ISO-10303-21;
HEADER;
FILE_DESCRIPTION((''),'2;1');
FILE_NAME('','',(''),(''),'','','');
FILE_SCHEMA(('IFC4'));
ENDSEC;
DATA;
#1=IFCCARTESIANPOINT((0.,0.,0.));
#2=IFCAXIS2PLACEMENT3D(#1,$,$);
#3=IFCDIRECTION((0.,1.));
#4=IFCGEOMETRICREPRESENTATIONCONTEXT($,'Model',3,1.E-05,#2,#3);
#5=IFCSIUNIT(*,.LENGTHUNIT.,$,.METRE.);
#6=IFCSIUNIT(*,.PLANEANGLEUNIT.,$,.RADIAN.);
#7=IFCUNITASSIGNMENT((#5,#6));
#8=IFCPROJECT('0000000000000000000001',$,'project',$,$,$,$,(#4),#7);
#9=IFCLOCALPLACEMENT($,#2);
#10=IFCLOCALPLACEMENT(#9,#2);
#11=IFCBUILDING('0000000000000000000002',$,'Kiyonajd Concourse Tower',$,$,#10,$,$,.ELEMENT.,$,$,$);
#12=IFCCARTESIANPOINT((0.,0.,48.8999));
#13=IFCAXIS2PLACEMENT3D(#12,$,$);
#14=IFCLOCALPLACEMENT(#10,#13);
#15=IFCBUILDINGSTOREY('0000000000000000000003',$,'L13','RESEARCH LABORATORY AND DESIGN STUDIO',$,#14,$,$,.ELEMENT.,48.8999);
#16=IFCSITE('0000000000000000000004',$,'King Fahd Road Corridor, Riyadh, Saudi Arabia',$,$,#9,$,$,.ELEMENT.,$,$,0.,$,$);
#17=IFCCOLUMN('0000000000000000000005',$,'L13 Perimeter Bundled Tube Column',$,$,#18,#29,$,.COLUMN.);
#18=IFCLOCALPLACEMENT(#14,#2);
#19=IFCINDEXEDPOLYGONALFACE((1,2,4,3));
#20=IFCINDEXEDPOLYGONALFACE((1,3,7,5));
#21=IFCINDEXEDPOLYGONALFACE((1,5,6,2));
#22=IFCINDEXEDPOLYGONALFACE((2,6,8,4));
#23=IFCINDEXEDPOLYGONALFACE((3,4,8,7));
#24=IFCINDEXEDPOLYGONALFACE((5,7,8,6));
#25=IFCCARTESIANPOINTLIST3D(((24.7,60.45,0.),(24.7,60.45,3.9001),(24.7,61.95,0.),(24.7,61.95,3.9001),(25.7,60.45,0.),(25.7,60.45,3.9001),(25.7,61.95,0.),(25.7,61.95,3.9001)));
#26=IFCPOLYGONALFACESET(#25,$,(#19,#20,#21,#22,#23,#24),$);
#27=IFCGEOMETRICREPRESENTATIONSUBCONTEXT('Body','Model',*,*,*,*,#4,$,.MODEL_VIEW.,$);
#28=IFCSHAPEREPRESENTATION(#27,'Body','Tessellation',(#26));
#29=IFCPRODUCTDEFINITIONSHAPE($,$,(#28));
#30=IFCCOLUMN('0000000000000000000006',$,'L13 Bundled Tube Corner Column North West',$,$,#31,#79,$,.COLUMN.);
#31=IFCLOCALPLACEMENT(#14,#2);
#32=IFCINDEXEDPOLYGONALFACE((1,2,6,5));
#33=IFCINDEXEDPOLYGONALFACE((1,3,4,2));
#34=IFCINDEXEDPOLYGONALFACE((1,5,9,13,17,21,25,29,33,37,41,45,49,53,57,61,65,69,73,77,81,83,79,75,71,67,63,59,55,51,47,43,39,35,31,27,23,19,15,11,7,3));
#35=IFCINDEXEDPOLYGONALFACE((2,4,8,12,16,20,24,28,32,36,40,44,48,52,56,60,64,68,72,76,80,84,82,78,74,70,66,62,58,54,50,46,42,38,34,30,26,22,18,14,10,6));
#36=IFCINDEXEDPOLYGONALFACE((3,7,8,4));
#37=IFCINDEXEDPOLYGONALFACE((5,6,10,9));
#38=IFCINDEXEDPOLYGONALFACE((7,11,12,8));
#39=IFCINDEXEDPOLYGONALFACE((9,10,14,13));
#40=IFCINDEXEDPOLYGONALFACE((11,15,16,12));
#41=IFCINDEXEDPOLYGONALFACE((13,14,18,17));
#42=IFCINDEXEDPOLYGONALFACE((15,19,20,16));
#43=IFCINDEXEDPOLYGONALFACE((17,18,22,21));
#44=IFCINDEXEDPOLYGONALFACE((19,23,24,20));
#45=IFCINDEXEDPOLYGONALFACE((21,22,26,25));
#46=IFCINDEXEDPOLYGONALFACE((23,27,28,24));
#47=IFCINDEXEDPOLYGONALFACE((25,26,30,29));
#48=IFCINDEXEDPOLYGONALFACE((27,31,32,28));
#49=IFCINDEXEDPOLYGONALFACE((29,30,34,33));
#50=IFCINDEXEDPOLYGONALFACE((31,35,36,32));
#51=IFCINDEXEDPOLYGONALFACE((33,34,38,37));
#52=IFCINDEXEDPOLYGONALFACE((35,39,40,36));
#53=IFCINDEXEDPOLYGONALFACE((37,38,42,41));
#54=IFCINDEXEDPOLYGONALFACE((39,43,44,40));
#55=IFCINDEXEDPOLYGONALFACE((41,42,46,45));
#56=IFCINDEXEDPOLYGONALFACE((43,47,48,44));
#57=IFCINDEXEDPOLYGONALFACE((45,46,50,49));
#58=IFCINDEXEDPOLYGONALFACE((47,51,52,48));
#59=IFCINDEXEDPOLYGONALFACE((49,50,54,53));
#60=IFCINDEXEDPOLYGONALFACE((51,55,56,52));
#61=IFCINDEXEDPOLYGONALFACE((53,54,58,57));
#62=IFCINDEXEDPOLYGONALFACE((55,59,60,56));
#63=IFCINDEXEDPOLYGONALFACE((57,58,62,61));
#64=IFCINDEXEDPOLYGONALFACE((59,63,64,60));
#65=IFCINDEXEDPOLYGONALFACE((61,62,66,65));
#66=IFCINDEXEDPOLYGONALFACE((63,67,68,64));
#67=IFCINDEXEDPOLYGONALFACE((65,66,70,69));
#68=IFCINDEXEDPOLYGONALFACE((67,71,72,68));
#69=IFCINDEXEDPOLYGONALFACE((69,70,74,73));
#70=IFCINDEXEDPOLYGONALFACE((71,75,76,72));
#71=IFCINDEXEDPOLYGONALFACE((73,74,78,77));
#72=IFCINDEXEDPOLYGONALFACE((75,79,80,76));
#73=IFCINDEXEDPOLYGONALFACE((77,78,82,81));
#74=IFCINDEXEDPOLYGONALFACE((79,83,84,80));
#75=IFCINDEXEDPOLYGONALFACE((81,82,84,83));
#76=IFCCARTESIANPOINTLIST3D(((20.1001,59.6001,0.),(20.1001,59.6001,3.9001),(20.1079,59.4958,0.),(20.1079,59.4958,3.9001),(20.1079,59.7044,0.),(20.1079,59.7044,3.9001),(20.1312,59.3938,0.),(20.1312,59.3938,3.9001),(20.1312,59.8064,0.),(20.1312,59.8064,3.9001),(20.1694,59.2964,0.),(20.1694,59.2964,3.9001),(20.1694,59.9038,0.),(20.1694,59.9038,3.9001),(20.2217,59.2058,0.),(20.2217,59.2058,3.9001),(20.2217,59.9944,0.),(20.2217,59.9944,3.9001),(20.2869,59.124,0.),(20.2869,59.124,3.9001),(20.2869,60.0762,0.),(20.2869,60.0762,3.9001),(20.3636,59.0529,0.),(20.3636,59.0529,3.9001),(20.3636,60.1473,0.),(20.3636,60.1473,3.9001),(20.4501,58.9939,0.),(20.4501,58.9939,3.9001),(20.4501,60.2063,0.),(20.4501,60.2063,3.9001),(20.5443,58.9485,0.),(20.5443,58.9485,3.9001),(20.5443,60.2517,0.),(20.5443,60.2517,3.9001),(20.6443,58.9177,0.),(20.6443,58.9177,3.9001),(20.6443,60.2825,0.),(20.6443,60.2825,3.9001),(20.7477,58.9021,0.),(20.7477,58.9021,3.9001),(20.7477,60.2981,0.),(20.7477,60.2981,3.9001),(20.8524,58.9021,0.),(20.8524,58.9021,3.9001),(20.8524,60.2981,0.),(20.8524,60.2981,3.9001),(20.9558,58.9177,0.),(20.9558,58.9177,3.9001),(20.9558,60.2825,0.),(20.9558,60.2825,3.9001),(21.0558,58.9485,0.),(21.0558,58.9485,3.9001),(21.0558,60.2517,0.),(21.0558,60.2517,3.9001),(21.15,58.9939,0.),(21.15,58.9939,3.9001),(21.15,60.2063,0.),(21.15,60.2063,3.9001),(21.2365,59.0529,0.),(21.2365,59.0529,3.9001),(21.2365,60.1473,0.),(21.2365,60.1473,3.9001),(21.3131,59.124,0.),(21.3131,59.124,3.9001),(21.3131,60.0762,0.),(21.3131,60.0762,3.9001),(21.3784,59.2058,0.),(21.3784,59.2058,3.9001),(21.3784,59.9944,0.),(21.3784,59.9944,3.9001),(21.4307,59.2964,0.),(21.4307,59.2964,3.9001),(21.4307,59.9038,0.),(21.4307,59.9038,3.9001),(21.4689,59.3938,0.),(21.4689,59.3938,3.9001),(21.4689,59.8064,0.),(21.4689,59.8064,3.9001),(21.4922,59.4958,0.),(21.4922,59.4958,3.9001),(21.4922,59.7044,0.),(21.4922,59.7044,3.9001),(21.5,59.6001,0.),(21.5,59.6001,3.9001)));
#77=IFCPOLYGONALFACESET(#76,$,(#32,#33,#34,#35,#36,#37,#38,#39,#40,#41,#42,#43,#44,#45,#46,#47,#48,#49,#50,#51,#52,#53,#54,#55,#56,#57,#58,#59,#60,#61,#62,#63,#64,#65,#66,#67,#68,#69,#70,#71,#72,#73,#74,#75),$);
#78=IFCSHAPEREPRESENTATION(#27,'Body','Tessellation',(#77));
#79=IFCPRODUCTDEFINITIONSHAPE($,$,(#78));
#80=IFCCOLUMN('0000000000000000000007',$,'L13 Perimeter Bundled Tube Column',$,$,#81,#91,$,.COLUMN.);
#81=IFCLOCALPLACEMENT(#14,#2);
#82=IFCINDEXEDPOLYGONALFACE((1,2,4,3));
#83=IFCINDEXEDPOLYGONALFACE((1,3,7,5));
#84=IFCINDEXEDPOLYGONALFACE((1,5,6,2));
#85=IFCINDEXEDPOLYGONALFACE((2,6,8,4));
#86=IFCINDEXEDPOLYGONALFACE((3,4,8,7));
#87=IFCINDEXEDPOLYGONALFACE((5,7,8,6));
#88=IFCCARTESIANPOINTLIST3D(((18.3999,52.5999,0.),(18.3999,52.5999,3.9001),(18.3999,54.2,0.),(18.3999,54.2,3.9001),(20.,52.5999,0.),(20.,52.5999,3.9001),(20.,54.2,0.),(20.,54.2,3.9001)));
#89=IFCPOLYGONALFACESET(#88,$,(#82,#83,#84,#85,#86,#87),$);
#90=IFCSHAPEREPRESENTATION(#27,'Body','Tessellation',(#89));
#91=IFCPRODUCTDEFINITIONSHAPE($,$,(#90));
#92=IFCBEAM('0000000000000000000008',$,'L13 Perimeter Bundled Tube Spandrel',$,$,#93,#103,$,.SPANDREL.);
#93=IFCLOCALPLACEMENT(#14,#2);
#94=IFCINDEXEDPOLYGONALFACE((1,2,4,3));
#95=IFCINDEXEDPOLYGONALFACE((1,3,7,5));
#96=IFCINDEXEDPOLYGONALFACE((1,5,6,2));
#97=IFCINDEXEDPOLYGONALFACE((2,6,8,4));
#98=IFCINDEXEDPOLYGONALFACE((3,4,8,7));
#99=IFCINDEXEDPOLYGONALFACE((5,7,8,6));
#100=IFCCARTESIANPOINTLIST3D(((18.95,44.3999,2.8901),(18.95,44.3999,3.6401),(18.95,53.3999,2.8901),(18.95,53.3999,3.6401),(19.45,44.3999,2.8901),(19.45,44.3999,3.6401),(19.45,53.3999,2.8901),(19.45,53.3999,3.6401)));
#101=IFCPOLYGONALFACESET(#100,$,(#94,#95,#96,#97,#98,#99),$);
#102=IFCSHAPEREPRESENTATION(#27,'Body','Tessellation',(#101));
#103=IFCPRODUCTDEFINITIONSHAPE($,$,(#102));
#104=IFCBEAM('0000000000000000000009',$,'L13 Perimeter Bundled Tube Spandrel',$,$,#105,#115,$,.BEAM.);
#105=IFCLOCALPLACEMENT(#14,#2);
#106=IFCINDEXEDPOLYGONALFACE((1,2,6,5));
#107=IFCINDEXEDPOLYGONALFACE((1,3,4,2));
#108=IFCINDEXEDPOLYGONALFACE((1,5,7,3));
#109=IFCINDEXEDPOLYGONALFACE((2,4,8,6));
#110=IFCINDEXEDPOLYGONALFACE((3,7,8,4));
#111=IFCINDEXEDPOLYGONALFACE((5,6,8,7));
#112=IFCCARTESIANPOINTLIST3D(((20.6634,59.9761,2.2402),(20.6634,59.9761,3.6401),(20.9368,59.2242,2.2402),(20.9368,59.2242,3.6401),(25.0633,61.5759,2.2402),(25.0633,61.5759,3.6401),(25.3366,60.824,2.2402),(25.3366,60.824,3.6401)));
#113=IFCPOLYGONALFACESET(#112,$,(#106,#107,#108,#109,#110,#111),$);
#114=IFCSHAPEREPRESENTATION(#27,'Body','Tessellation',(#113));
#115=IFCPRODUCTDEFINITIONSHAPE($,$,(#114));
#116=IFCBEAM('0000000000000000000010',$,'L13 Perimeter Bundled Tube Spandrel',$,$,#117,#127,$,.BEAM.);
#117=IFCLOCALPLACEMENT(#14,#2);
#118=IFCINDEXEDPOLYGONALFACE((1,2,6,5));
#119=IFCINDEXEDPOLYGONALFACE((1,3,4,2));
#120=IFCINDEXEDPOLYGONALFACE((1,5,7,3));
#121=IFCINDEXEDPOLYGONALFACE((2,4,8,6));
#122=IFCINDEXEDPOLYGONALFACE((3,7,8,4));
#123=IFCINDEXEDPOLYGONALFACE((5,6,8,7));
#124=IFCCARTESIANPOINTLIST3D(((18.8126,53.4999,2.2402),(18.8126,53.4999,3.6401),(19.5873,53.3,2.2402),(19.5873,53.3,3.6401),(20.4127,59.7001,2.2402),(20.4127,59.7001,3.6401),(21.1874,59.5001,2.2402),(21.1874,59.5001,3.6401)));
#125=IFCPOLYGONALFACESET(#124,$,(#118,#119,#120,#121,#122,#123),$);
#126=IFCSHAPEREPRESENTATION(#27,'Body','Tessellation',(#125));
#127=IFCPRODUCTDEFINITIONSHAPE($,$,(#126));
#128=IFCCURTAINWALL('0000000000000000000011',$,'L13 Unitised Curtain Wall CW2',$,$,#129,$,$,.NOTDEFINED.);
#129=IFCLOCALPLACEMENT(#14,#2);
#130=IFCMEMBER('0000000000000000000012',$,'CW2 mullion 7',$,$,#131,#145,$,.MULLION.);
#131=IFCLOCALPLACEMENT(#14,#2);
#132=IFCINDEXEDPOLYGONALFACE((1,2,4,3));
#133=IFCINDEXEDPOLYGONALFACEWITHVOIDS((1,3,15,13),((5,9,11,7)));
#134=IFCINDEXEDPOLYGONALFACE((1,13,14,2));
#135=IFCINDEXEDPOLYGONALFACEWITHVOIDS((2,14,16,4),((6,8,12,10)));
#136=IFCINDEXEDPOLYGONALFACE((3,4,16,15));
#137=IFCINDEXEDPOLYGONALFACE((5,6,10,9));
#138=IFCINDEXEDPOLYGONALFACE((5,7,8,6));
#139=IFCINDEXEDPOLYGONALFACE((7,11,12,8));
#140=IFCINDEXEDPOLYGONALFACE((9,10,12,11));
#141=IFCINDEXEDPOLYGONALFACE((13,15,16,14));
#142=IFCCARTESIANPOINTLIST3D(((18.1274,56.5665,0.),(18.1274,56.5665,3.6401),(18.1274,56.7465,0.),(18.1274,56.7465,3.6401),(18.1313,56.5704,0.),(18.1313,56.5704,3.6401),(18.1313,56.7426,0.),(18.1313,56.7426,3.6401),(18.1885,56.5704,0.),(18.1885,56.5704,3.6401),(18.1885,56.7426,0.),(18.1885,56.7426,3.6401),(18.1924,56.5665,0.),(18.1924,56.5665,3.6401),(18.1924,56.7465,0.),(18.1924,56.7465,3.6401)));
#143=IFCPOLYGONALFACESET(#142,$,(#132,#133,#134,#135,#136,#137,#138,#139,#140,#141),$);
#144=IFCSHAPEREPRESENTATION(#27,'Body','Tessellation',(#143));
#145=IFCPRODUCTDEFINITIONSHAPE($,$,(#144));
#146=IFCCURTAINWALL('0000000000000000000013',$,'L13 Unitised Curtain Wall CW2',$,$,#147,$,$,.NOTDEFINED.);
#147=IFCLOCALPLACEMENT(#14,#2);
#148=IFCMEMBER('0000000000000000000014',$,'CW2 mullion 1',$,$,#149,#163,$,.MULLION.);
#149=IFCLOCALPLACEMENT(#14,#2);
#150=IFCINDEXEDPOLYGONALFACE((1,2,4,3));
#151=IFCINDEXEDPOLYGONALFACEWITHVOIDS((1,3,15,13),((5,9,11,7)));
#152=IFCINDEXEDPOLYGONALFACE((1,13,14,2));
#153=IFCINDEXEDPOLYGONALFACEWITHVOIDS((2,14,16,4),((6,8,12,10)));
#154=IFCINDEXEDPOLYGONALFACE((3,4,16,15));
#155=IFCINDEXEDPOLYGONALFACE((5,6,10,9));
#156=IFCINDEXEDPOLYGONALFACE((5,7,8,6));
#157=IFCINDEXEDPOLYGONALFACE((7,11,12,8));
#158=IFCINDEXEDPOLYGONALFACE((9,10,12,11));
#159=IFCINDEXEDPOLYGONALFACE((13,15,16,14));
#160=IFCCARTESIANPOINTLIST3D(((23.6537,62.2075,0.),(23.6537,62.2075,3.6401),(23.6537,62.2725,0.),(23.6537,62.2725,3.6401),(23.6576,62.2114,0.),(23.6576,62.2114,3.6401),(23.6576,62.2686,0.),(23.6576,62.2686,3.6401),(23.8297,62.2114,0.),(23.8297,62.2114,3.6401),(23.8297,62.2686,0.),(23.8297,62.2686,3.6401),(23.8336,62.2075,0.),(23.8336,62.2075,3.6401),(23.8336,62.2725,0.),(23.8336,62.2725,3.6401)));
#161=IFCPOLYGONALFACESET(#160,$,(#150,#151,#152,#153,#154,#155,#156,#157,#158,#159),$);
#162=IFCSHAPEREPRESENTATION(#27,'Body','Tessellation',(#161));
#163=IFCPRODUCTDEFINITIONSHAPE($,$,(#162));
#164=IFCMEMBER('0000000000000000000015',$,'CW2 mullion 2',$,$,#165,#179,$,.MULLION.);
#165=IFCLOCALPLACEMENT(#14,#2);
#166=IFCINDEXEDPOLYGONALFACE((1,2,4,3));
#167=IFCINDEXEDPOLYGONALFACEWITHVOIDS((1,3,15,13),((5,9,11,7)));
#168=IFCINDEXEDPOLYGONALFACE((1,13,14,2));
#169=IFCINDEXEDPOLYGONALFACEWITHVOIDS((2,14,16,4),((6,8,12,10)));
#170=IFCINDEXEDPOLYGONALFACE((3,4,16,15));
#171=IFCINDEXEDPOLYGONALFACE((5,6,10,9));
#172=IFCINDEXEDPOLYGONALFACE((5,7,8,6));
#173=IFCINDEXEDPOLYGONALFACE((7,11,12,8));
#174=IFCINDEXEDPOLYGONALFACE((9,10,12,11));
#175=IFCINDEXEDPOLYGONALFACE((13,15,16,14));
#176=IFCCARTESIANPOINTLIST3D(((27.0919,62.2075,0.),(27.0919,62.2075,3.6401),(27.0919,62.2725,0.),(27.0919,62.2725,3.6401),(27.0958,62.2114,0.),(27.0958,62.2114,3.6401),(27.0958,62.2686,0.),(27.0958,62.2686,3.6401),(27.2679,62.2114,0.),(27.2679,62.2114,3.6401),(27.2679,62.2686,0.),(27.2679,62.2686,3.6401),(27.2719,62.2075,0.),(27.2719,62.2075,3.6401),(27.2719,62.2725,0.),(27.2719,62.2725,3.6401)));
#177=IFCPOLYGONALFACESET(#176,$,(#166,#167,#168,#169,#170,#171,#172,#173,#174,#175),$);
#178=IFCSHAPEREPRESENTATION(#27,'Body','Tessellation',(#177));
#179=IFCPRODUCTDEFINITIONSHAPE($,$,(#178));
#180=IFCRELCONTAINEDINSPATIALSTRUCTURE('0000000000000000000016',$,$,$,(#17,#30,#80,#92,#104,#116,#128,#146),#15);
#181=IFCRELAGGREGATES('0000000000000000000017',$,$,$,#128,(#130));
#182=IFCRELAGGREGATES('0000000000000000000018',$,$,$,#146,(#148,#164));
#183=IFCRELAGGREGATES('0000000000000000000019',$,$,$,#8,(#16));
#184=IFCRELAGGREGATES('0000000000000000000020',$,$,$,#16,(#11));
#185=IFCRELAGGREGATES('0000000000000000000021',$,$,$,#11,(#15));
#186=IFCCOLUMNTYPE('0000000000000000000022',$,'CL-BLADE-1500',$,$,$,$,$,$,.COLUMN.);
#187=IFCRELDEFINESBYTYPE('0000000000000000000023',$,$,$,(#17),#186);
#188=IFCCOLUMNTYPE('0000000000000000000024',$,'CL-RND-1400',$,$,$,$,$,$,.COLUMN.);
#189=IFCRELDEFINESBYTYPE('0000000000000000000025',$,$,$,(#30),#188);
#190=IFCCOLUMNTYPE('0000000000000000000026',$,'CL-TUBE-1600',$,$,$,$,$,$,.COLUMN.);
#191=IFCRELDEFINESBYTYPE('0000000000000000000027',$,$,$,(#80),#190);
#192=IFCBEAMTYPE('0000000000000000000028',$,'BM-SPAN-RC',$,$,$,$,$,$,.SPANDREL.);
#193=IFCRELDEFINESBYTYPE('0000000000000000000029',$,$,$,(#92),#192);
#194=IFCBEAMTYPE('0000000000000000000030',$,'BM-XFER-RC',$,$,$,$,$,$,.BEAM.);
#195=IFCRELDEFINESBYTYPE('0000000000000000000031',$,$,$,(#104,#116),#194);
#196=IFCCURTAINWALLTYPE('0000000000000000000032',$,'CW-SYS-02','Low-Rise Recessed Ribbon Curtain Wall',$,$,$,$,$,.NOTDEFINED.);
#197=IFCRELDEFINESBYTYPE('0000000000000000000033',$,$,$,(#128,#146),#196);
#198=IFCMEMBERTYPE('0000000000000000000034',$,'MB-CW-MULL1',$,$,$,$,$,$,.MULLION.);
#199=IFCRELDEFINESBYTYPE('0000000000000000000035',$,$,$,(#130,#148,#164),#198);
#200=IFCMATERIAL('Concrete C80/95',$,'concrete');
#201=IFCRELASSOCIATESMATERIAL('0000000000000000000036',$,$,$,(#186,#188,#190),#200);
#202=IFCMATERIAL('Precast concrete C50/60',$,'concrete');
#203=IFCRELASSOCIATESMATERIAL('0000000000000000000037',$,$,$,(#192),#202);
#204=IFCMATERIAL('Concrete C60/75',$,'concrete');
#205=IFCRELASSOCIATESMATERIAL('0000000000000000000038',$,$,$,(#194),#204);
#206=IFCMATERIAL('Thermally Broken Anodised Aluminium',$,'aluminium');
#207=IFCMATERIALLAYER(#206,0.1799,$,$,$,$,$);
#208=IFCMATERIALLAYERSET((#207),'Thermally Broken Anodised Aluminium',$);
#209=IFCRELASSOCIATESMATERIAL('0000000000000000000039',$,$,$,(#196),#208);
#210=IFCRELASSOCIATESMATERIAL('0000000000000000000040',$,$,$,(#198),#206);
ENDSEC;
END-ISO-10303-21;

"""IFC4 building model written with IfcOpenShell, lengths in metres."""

from ifc_helpers import new_model, si_unit, direction, frame, origin, origin_2d, place, context, subcontext, project, spatial, rectangle, hollow_rectangle, circle, extrude, material, layer, layer_set, material_profile, profile_set, type_object, element, aggregate, save


model = new_model("IFC4")

# Units and contexts
model_context = context("Model", 3, precision=1e-05, world=origin(), true_north=direction((0.0, 1.0)))
body_context = subcontext(model_context, "Body", "Model", "MODEL_VIEW")
ifc_project = project(units=[si_unit("LENGTHUNIT", "METRE"), si_unit("PLANEANGLEUNIT", "RADIAN")], contexts=[model_context])

# Site, building, storey
site_placement = place(None, origin())
site = spatial("IfcSite", under=ifc_project, at=site_placement, Name="King Fahd Road Corridor, Riyadh, Saudi Arabia", CompositionType="ELEMENT", RefElevation=0.0)
building_placement = place(site_placement, origin())
building = spatial("IfcBuilding", under=site, at=building_placement, Name="Kiyonajd Concourse Tower", CompositionType="ELEMENT")
storey_placement = place(building_placement, frame((0.0, 0.0, 48.8999)))
storey = spatial("IfcBuildingStorey", under=building, at=storey_placement, Name="L13", Description="RESEARCH LABORATORY AND DESIGN STUDIO", CompositionType="ELEMENT", Elevation=48.8999)

# Columns
ifc_material_1 = material(Name="Concrete C80/95", Category="concrete")
ifc_material_profile_1 = material_profile(ifc_material_1, rectangle(XDim=1.0, YDim=1.5, at=origin_2d()), Name="RC-1500x1000")
ifc_profile_set_1 = profile_set([ifc_material_profile_1], Name="Concrete C80/95")
column_type_1 = type_object("IfcColumnType", Name="CL-BLADE-1500", PredefinedType="COLUMN", material=ifc_profile_set_1)
column_1_placement = place(storey_placement, frame((25.2, 61.2, 0.0), z_axis=(0.0, 0.0, 1.0), x_axis=(1.0, 0.0, 0.0)))
element("IfcColumn", 1, at=column_1_placement, inside=storey, type_object=column_type_1, Name="L13 Perimeter Bundled Tube Column", PredefinedType="COLUMN", context=body_context, shape_type="SweptSolid", body=[
    extrude(rectangle(XDim=1.0, YDim=1.5, at=origin_2d()), origin(), (0.0, 0.0, 1.0), 3.9001),
])
ifc_material_profile_2 = material_profile(ifc_material_1, circle(Radius=0.7, at=origin_2d()), Name="RCC-D1400")
ifc_profile_set_2 = profile_set([ifc_material_profile_2], Name="Concrete C80/95")
column_type_2 = type_object("IfcColumnType", Name="CL-RND-1400", PredefinedType="COLUMN", material=ifc_profile_set_2)
column_2_placement = place(storey_placement, frame((20.8, 59.6001, 0.0), z_axis=(0.0, 0.0, 1.0), x_axis=(1.0, 0.0, 0.0)))
element("IfcColumn", 2, at=column_2_placement, inside=storey, type_object=column_type_2, Name="L13 Bundled Tube Corner Column North West", PredefinedType="COLUMN", context=body_context, shape_type="SweptSolid", body=[
    extrude(circle(Radius=0.7, at=origin_2d()), origin(), (0.0, 0.0, 1.0), 3.9001),
])
ifc_material_profile_3 = material_profile(ifc_material_1, rectangle(XDim=1.6001, YDim=1.6001, at=origin_2d()), Name="RC-1600x1600")
ifc_profile_set_3 = profile_set([ifc_material_profile_3], Name="Concrete C80/95")
column_type_3 = type_object("IfcColumnType", Name="CL-TUBE-1600", PredefinedType="COLUMN", material=ifc_profile_set_3)
column_3_placement = place(storey_placement, frame((19.2, 53.3999, 0.0), z_axis=(0.0, 0.0, 1.0), x_axis=(1.0, 0.0, 0.0)))
element("IfcColumn", 3, at=column_3_placement, inside=storey, type_object=column_type_3, Name="L13 Perimeter Bundled Tube Column", PredefinedType="COLUMN", context=body_context, shape_type="SweptSolid", body=[
    extrude(rectangle(XDim=1.6001, YDim=1.6001, at=origin_2d()), origin(), (0.0, 0.0, 1.0), 3.9001),
])

# Beams
ifc_material_2 = material(Name="Precast concrete C50/60", Category="concrete")
ifc_material_profile_4 = material_profile(ifc_material_2, rectangle(XDim=0.5, YDim=0.75, at=origin_2d()), Name="RCBM-500x750")
ifc_profile_set_4 = profile_set([ifc_material_profile_4], Name="Precast concrete C50/60")
beam_type_1 = type_object("IfcBeamType", Name="BM-SPAN-RC", PredefinedType="SPANDREL", material=ifc_profile_set_4)
beam_1_placement = place(storey_placement, frame((19.2, 53.3999, 3.2651), z_axis=(0.0, -1.0, 0.0), x_axis=(1.0, 0.0, 0.0)))
element("IfcBeam", 4, at=beam_1_placement, inside=storey, type_object=beam_type_1, Name="L13 Perimeter Bundled Tube Spandrel", PredefinedType="SPANDREL", context=body_context, shape_type="SweptSolid", body=[
    extrude(rectangle(XDim=0.5, YDim=0.75, at=origin_2d()), origin(), (0.0, 0.0, 1.0), 9.0),
])
ifc_material_3 = material(Name="Concrete C60/75", Category="concrete")
ifc_material_profile_5 = material_profile(ifc_material_3, rectangle(XDim=0.8, YDim=1.3999, at=origin_2d()), Name="RCBM-800x1400")
ifc_profile_set_5 = profile_set([ifc_material_profile_5], Name="Concrete C60/75")
beam_type_2 = type_object("IfcBeamType", Name="BM-XFER-RC", PredefinedType="BEAM", material=ifc_profile_set_5)
beam_2_placement = place(storey_placement, frame((25.2, 61.2, 2.9402), z_axis=(-0.939801, -0.341722, 0.0), x_axis=(0.341722, -0.939801, 0.0)))
element("IfcBeam", 5, at=beam_2_placement, inside=storey, type_object=beam_type_2, Name="L13 Perimeter Bundled Tube Spandrel", PredefinedType="BEAM", context=body_context, shape_type="SweptSolid", body=[
    extrude(rectangle(XDim=0.8, YDim=1.3999, at=origin_2d()), origin(), (0.0, 0.0, 1.0), 4.6816),
])
beam_3_placement = place(storey_placement, frame((20.8, 59.6001, 2.9402), z_axis=(-0.249885, -0.968276, 0.0), x_axis=(0.968276, -0.249885, 0.0)))
element("IfcBeam", 6, at=beam_3_placement, inside=storey, type_object=beam_type_2, Name="L13 Perimeter Bundled Tube Spandrel", PredefinedType="BEAM", context=body_context, shape_type="SweptSolid", body=[
    extrude(rectangle(XDim=0.8, YDim=1.3999, at=origin_2d()), origin(), (0.0, 0.0, 1.0), 6.4033),
])

# Curtain wall, member
ifc_material_4 = material(Name="Thermally Broken Anodised Aluminium", Category="aluminium")
ifc_layer_1 = layer(ifc_material_4, 0.1799)
ifc_layer_set_1 = layer_set([ifc_layer_1], Name="Thermally Broken Anodised Aluminium")
curtain_wall_type = type_object("IfcCurtainWallType", Name="CW-SYS-02", Description="Low-Rise Recessed Ribbon Curtain Wall", PredefinedType="NOTDEFINED", material=ifc_layer_set_1)
curtain_wall_1_placement = place(storey_placement, origin())
curtain_wall_1 = element("IfcCurtainWall", 7, at=curtain_wall_1_placement, inside=storey, type_object=curtain_wall_type, Name="L13 Unitised Curtain Wall CW2", PredefinedType="NOTDEFINED")
ifc_material_profile_6 = material_profile(ifc_material_4, hollow_rectangle(XDim=0.0649, YDim=0.1799, WallThickness=0.0039, at=origin_2d()), Name="MULL-65x180")
ifc_profile_set_6 = profile_set([ifc_material_profile_6], Name="Thermally Broken Anodised Aluminium")
member_type_1 = type_object("IfcMemberType", Name="MB-CW-MULL1", PredefinedType="MULLION", material=ifc_profile_set_6)
member_1_placement = place(storey_placement, frame((18.1599, 56.6565, 0.0), z_axis=(0.0, 0.0, 1.0), x_axis=(-1.0, 0.0, 0.0)))
member_1 = element("IfcMember", 8, at=member_1_placement, type_object=member_type_1, Name="CW2 mullion 7", PredefinedType="MULLION", context=body_context, shape_type="SweptSolid", body=[
    extrude(hollow_rectangle(XDim=0.0649, YDim=0.1799, WallThickness=0.0039, at=origin_2d()), origin(), (0.0, 0.0, 1.0), 3.6401),
])

# Curtain wall, members
curtain_wall_2_placement = place(storey_placement, origin())
curtain_wall_2 = element("IfcCurtainWall", 9, at=curtain_wall_2_placement, inside=storey, type_object=curtain_wall_type, Name="L13 Unitised Curtain Wall CW2", PredefinedType="NOTDEFINED")
member_2_placement = place(storey_placement, frame((23.7437, 62.24, 0.0), z_axis=(0.0, 0.0, 1.0), x_axis=(0.0, 1.0, 0.0)))
member_2 = element("IfcMember", 10, at=member_2_placement, type_object=member_type_1, Name="CW2 mullion 1", PredefinedType="MULLION", context=body_context, shape_type="SweptSolid", body=[
    extrude(hollow_rectangle(XDim=0.0649, YDim=0.1799, WallThickness=0.0039, at=origin_2d()), origin(), (0.0, 0.0, 1.0), 3.6401),
])
member_3_placement = place(storey_placement, frame((27.1819, 62.24, 0.0), z_axis=(0.0, 0.0, 1.0), x_axis=(0.0, 1.0, 0.0)))
member_3 = element("IfcMember", 11, at=member_3_placement, type_object=member_type_1, Name="CW2 mullion 2", PredefinedType="MULLION", context=body_context, shape_type="SweptSolid", body=[
    extrude(hollow_rectangle(XDim=0.0649, YDim=0.1799, WallThickness=0.0039, at=origin_2d()), origin(), (0.0, 0.0, 1.0), 3.6401),
])

aggregate(curtain_wall_1, [member_1])
aggregate(curtain_wall_2, [member_2, member_3])

save(model, "model.ifc")
